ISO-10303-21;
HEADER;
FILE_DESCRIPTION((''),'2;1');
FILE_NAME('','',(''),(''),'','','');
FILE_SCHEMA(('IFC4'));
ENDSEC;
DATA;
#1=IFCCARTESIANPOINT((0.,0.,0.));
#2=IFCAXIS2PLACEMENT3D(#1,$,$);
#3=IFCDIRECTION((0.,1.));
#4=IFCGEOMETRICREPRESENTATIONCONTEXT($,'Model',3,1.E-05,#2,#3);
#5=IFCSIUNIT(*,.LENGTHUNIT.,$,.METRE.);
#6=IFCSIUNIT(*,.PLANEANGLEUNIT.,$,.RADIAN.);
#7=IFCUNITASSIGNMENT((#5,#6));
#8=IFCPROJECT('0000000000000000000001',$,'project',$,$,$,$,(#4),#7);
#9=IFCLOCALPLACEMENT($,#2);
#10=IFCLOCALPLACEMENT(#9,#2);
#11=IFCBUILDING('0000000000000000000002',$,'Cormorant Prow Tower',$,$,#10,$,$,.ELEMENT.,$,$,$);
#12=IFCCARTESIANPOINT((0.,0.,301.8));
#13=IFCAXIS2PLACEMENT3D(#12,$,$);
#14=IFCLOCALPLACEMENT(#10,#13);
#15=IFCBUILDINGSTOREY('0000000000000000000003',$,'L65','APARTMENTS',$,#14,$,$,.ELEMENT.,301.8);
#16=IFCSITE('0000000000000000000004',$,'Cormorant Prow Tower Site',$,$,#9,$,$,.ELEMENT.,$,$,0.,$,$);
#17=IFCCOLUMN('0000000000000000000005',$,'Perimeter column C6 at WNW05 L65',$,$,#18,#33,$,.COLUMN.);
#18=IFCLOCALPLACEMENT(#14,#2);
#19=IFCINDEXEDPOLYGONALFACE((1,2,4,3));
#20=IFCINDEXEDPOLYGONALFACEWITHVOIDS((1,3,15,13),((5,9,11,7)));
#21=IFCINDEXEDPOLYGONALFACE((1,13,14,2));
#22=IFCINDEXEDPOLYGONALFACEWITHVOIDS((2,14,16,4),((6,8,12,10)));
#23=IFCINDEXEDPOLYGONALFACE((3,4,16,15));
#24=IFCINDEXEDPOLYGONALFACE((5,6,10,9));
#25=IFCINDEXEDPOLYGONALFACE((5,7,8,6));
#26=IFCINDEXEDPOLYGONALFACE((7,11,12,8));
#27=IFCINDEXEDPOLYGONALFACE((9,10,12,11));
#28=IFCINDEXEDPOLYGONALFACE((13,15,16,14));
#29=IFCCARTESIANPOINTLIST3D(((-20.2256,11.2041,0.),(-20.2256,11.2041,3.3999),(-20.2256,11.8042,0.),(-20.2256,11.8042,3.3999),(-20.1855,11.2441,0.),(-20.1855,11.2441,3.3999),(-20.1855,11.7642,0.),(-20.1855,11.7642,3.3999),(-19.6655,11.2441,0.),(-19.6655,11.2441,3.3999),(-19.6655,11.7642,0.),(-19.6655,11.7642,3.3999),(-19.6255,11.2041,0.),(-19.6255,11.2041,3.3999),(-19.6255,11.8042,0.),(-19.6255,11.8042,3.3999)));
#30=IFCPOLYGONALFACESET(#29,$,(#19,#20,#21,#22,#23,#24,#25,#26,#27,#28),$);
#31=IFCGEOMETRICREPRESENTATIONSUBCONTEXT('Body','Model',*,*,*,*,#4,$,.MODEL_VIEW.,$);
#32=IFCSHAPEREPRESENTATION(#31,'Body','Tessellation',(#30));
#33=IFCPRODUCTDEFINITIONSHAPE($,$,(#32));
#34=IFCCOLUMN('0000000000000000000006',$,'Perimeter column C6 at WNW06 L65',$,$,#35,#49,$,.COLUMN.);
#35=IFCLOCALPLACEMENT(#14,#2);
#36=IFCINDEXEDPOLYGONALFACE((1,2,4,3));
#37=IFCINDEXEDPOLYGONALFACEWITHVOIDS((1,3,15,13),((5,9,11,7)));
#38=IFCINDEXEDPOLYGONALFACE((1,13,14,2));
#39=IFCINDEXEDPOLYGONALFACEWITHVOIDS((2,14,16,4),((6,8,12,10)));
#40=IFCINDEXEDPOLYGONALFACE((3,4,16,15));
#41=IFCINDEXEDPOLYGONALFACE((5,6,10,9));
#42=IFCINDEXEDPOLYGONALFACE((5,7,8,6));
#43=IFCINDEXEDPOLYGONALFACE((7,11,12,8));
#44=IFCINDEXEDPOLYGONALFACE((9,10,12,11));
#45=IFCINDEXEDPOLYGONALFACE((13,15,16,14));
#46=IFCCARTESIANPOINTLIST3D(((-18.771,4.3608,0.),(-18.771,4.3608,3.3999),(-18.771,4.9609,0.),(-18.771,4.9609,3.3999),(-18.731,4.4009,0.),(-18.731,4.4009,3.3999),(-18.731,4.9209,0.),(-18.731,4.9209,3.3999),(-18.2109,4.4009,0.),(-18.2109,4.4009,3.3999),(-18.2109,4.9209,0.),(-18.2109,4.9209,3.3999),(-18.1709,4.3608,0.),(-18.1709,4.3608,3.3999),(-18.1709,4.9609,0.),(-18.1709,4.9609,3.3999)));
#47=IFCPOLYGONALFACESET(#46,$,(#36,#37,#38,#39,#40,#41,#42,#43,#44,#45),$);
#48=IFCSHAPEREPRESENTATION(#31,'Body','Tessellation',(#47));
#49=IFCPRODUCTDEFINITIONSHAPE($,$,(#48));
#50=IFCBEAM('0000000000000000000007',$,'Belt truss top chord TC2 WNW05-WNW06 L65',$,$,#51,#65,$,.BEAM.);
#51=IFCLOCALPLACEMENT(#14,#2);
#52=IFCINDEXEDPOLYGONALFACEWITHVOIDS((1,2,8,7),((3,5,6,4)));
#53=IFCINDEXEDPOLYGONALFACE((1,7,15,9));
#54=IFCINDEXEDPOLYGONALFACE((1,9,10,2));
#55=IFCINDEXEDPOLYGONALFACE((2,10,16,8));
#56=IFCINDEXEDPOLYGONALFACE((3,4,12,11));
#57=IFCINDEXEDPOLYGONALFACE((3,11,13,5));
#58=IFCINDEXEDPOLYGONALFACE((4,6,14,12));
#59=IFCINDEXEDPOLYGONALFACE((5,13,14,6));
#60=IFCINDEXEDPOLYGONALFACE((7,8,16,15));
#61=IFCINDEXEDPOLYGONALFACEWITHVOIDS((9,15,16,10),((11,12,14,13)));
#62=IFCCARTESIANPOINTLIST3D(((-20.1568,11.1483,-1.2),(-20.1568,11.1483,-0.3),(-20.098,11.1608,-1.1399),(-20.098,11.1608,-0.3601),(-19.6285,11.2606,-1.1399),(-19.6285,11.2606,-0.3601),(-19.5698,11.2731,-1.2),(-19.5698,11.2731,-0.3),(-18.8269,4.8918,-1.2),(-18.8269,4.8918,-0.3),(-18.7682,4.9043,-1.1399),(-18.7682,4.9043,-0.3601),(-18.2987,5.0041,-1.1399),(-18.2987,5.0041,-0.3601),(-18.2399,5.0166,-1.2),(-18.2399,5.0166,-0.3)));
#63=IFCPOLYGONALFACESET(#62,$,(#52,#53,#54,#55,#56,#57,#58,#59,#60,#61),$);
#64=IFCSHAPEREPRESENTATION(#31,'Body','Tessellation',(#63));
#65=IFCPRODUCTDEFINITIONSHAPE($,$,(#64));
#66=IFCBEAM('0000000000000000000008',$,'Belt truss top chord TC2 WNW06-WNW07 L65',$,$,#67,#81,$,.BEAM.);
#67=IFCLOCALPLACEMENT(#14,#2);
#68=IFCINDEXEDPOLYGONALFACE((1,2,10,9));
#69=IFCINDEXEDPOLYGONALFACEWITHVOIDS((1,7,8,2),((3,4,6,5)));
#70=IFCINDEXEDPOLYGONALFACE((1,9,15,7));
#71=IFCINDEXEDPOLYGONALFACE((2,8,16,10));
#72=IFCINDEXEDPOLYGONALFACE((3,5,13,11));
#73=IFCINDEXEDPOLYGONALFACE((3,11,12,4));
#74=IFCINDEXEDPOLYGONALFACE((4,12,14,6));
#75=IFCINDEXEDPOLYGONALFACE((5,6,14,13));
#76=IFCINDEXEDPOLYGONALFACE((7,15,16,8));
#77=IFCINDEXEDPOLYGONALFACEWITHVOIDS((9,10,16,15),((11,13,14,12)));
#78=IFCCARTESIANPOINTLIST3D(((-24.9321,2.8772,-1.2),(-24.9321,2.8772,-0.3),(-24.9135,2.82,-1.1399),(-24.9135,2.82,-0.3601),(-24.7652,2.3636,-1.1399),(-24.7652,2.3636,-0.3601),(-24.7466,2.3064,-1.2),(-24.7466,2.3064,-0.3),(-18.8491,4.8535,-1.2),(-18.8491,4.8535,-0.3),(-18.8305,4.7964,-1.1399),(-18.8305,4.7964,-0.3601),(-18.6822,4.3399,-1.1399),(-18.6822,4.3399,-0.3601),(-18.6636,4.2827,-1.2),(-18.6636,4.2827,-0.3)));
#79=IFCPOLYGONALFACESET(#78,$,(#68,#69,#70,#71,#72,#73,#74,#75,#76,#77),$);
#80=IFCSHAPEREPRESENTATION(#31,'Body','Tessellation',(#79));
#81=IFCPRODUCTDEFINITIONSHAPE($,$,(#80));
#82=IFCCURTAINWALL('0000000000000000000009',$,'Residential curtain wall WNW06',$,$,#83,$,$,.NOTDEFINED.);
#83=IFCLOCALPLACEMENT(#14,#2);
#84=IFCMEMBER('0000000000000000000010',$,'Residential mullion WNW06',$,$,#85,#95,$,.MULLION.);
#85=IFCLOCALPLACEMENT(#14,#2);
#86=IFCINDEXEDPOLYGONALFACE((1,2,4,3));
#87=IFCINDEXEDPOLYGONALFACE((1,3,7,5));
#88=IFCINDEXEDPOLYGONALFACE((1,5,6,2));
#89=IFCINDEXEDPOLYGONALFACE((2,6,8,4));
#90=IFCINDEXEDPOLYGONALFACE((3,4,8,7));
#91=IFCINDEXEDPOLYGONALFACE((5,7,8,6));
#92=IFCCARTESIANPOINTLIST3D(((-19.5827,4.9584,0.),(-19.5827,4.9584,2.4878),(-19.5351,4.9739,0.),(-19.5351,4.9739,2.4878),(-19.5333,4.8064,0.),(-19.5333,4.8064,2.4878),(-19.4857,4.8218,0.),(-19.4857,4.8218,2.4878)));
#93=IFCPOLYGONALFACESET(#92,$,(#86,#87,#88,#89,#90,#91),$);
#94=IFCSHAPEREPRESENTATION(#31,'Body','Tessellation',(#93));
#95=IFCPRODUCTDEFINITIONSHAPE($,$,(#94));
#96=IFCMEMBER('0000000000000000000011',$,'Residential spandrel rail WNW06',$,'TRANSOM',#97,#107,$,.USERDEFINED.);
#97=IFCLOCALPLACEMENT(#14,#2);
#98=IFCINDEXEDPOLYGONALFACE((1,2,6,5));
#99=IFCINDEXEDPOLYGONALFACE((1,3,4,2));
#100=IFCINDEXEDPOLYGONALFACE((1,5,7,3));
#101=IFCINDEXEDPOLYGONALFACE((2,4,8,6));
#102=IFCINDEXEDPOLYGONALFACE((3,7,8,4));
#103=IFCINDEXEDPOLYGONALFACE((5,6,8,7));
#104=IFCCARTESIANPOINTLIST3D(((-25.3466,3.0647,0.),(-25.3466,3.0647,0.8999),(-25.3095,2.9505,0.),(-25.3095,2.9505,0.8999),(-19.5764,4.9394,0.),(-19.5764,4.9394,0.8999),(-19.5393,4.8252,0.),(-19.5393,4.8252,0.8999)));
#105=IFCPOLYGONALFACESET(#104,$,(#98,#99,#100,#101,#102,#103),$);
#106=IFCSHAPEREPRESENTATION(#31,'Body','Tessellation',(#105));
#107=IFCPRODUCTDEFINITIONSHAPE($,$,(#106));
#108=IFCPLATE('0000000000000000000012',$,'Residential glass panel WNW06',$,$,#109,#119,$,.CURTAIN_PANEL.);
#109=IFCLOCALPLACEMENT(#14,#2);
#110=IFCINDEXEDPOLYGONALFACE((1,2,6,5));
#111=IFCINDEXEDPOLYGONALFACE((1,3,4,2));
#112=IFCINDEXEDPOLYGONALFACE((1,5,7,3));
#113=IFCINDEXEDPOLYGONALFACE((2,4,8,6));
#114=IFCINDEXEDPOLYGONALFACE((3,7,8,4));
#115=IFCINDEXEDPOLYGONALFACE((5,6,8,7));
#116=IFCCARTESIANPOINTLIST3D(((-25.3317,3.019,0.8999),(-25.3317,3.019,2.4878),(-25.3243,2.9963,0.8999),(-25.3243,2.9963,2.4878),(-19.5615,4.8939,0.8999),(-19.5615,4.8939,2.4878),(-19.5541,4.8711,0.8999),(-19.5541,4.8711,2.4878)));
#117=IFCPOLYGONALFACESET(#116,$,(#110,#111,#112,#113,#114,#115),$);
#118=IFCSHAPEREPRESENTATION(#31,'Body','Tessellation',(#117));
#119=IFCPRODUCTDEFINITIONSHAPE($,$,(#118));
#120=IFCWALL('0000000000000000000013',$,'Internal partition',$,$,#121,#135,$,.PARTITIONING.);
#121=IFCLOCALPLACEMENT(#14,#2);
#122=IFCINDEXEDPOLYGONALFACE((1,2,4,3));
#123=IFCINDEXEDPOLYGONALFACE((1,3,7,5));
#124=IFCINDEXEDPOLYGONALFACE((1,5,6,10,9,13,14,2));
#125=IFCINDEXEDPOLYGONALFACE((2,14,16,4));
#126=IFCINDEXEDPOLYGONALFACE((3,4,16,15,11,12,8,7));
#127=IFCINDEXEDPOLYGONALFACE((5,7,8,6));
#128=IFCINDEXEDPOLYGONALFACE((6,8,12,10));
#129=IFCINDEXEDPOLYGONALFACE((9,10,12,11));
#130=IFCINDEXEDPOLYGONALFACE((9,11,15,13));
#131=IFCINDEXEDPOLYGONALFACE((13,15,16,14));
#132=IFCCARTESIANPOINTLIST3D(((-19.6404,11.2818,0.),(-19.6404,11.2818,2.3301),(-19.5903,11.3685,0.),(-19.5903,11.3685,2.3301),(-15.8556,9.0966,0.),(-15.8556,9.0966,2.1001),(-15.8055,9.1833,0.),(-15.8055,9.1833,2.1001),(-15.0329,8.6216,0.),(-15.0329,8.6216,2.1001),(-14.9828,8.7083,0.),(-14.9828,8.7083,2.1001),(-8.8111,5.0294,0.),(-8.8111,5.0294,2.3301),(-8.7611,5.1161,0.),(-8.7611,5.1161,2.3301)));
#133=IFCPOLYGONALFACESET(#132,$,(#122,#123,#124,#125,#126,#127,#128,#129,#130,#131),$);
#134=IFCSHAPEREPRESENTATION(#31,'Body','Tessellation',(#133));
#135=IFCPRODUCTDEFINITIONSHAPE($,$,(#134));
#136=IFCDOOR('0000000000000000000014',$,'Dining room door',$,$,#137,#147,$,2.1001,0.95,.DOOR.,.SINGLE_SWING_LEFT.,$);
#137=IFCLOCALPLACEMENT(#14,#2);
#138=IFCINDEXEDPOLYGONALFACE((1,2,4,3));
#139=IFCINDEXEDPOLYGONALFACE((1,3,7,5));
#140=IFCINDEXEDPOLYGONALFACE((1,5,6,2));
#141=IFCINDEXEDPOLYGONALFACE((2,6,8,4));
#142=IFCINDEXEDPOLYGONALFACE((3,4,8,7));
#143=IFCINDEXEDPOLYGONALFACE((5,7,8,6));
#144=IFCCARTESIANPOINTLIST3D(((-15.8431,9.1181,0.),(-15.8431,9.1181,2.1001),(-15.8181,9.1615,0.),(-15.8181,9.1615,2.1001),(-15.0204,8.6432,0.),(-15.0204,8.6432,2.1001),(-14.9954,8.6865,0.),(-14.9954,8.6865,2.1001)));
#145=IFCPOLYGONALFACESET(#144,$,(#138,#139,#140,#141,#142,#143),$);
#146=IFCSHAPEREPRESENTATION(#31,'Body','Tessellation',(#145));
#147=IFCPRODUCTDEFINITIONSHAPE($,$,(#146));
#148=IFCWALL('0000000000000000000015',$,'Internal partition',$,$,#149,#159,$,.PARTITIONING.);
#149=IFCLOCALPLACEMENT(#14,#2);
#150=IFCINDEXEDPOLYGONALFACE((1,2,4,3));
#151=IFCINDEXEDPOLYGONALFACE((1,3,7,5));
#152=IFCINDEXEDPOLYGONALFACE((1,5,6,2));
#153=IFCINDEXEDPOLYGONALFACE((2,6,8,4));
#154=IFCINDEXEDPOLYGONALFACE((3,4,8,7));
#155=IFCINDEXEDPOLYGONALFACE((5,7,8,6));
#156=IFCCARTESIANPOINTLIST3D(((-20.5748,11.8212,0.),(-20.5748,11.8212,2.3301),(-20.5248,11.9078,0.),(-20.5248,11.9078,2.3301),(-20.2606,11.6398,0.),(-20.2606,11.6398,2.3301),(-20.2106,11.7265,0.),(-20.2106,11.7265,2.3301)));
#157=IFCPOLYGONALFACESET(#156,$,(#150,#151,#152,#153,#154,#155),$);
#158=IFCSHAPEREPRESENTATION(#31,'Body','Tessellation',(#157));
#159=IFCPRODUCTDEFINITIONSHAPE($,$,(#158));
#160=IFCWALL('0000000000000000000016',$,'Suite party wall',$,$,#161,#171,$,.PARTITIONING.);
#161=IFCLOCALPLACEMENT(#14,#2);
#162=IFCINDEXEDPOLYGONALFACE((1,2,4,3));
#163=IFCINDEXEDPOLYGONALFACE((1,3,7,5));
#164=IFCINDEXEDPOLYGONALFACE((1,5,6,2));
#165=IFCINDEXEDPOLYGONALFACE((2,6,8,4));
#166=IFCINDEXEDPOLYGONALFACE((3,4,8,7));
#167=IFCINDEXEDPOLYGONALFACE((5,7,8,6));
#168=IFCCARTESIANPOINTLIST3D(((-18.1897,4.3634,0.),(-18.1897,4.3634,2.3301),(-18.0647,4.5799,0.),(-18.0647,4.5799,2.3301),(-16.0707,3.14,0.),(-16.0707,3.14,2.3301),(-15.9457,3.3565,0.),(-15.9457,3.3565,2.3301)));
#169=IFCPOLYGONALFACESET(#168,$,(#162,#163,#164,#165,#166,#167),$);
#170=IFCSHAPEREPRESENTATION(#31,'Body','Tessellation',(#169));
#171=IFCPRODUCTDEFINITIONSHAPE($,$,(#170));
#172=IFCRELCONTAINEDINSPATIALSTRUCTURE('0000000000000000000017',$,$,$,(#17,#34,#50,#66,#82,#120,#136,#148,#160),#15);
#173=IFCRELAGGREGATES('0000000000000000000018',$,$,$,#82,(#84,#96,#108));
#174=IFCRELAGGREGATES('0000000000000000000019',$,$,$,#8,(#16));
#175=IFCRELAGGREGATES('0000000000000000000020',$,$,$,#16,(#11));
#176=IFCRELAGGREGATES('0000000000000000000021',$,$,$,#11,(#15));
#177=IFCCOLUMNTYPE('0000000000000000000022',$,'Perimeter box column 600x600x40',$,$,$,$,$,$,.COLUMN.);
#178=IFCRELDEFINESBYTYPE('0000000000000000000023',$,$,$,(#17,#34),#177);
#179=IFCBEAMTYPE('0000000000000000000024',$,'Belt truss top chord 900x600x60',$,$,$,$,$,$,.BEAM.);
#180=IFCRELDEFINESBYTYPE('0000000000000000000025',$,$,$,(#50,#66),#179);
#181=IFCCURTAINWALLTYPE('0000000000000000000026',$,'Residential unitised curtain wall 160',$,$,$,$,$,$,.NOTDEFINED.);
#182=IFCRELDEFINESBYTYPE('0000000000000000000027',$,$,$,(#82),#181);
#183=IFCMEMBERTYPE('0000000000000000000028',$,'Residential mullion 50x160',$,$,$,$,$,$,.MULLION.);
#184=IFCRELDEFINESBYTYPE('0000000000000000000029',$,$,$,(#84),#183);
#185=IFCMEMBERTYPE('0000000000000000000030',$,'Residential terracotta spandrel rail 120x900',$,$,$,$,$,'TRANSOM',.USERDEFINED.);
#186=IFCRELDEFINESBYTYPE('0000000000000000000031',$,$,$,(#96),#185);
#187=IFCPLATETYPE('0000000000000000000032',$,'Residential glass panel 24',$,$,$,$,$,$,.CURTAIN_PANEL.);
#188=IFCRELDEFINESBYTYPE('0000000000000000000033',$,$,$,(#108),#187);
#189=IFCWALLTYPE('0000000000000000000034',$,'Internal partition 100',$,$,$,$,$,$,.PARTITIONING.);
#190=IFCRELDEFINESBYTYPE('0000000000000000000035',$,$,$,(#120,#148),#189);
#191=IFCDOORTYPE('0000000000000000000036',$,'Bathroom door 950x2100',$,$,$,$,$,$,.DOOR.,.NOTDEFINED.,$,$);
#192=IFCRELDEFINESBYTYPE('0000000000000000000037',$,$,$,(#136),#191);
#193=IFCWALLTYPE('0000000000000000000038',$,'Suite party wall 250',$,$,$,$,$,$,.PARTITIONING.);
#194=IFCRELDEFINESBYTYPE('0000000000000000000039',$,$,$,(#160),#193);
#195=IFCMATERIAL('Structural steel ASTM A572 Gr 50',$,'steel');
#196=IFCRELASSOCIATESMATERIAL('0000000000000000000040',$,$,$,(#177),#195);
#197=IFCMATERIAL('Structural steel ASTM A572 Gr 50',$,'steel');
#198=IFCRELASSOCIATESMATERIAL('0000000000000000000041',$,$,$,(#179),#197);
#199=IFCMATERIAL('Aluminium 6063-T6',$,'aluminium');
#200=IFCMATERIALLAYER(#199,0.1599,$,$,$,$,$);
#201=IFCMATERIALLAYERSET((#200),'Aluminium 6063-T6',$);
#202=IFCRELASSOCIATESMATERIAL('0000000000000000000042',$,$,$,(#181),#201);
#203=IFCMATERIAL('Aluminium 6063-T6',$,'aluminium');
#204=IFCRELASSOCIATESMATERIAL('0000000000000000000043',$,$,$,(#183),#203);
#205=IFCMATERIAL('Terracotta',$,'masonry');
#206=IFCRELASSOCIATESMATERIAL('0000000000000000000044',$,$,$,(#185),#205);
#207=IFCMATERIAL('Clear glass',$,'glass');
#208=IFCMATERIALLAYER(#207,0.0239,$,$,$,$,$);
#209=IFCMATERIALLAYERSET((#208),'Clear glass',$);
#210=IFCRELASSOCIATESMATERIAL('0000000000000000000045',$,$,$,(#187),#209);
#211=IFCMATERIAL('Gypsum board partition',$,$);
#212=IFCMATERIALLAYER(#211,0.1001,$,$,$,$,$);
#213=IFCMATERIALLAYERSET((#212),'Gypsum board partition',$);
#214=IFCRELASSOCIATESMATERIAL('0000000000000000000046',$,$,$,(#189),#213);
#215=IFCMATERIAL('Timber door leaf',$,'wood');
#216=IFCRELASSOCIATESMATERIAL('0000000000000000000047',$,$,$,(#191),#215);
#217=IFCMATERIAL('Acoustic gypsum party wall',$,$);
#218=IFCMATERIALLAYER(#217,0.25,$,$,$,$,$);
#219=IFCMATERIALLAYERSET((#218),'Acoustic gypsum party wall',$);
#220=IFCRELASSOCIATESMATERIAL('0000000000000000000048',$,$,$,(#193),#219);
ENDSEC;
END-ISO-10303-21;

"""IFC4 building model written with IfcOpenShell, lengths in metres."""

from ifc_helpers import new_model, si_unit, direction, frame, frame_2d, origin, origin_2d, place, context, subcontext, project, spatial, rectangle, hollow_rectangle, extrude, material, layer, layer_set, material_profile, profile_set, type_object, element, fill, aggregate, save


model = new_model("IFC4")

# Units and contexts
model_context = context("Model", 3, precision=1e-05, world=origin(), true_north=direction((0.0, 1.0)))
body_context = subcontext(model_context, "Body", "Model", "MODEL_VIEW")
ifc_project = project(units=[si_unit("LENGTHUNIT", "METRE"), si_unit("PLANEANGLEUNIT", "RADIAN")], contexts=[model_context])

# Site, building, storey
site_placement = place(None, origin())
site = spatial("IfcSite", under=ifc_project, at=site_placement, Name="Cormorant Prow Tower Site", CompositionType="ELEMENT", RefElevation=0.0)
building_placement = place(site_placement, origin())
building = spatial("IfcBuilding", under=site, at=building_placement, Name="Cormorant Prow Tower", CompositionType="ELEMENT")
storey_placement = place(building_placement, frame((0.0, 0.0, 301.8)))
storey = spatial("IfcBuildingStorey", under=building, at=storey_placement, Name="L65", Description="APARTMENTS", CompositionType="ELEMENT", Elevation=301.8)

# Columns
ifc_material_1 = material(Name="Structural steel ASTM A572 Gr 50", Category="steel")
ifc_material_profile_1 = material_profile(ifc_material_1, hollow_rectangle(XDim=0.6001, YDim=0.6001, WallThickness=0.04, at=origin_2d()), Name="Box 600x600x40")
ifc_profile_set_1 = profile_set([ifc_material_profile_1], Name="Structural steel ASTM A572 Gr 50")
column_type = type_object("IfcColumnType", Name="Perimeter box column 600x600x40", PredefinedType="COLUMN", material=ifc_profile_set_1)
for number, where, z_axis, x_axis, name in (
    (1, (-19.9255, 11.5042, 0.0), (0.0, 0.0, 1.0), (1.0, 0.0, 0.0), "Perimeter column C6 at WNW05 L65"),
    (2, (-18.4709, 4.6609, 0.0), (0.0, 0.0, 1.0), (1.0, 0.0, 0.0), "Perimeter column C6 at WNW06 L65"),
):
    element("IfcColumn", number, at=place(storey_placement, frame(where, z_axis=z_axis, x_axis=x_axis)), inside=storey, type_object=column_type, Name=name, PredefinedType="COLUMN", context=body_context, shape_type="SweptSolid", body=[
        extrude(hollow_rectangle(XDim=0.6001, YDim=0.6001, WallThickness=0.04, at=origin_2d()), origin(), (0.0, 0.0, 1.0), 3.3999),
    ])

# Beams
ifc_material_2 = material(Name="Structural steel ASTM A572 Gr 50", Category="steel")
ifc_material_profile_2 = material_profile(ifc_material_2, hollow_rectangle(XDim=0.6001, YDim=0.8999, WallThickness=0.0601, at=origin_2d()), Name="Box 900x600x60")
ifc_profile_set_2 = profile_set([ifc_material_profile_2], Name="Structural steel ASTM A572 Gr 50")
beam_type = type_object("IfcBeamType", Name="Belt truss top chord 900x600x60", PredefinedType="BEAM", material=ifc_profile_set_2)
beam_1_placement = place(storey_placement, frame((-19.8633, 11.2107, -0.75), z_axis=(0.207913, -0.978147, 0.0), x_axis=(0.978147, 0.207913, 0.0)))
element("IfcBeam", 3, at=beam_1_placement, inside=storey, type_object=beam_type, Name="Belt truss top chord TC2 WNW05-WNW06 L65", PredefinedType="BEAM", context=body_context, shape_type="SweptSolid", body=[
    extrude(hollow_rectangle(XDim=0.6001, YDim=0.8999, WallThickness=0.0601, at=origin_2d()), origin(), (0.0, 0.0, 1.0), 6.3962),
])
beam_2_placement = place(storey_placement, frame((-18.7563, 4.5681, -0.75), z_axis=(-0.951064, -0.308993, 0.0), x_axis=(0.308993, -0.951064, 0.0)))
element("IfcBeam", 4, at=beam_2_placement, inside=storey, type_object=beam_type, Name="Belt truss top chord TC2 WNW06-WNW07 L65", PredefinedType="BEAM", context=body_context, shape_type="SweptSolid", body=[
    extrude(hollow_rectangle(XDim=0.6001, YDim=0.8999, WallThickness=0.0601, at=origin_2d()), origin(), (0.0, 0.0, 1.0), 6.396),
])

# Curtain wall, members, plate
ifc_material_3 = material(Name="Aluminium 6063-T6", Category="aluminium")
ifc_layer_1 = layer(ifc_material_3, 0.1599)
ifc_layer_set_1 = layer_set([ifc_layer_1], Name="Aluminium 6063-T6")
curtain_wall_type = type_object("IfcCurtainWallType", Name="Residential unitised curtain wall 160", PredefinedType="NOTDEFINED", material=ifc_layer_set_1)
curtain_wall_placement = place(storey_placement, origin())
curtain_wall = element("IfcCurtainWall", 5, at=curtain_wall_placement, inside=storey, type_object=curtain_wall_type, Name="Residential curtain wall WNW06", PredefinedType="NOTDEFINED")
ifc_material_4 = material(Name="Aluminium 6063-T6", Category="aluminium")
ifc_material_profile_3 = material_profile(ifc_material_4, rectangle(XDim=0.1599, YDim=0.05, at=origin_2d()), Name="Residential mullion 50x160")
ifc_profile_set_3 = profile_set([ifc_material_profile_3], Name="Aluminium 6063-T6")
member_type_1 = type_object("IfcMemberType", Name="Residential mullion 50x160", PredefinedType="MULLION", material=ifc_profile_set_3)
member_1_placement = place(storey_placement, frame((-19.5342, 4.8901, 0.0), z_axis=(0.0, 0.0, 1.0), x_axis=(0.309017, -0.951057, 0.0)))
member_1 = element("IfcMember", 6, at=member_1_placement, type_object=member_type_1, Name="Residential mullion WNW06", PredefinedType="MULLION", context=body_context, shape_type="SweptSolid", body=[
    extrude(rectangle(XDim=0.1599, YDim=0.05, at=origin_2d()), origin(), (0.0, 0.0, 1.0), 2.4878),
])
ifc_material_5 = material(Name="Terracotta", Category="masonry")
ifc_material_profile_4 = material_profile(ifc_material_5, rectangle(XDim=0.1201, YDim=0.8999, at=origin_2d()), Name="Residential terracotta spandrel rail 120x900")
ifc_profile_set_4 = profile_set([ifc_material_profile_4], Name="Terracotta")
member_type_2 = type_object("IfcMemberType", Name="Residential terracotta spandrel rail 120x900", ElementType="TRANSOM", PredefinedType="USERDEFINED", material=ifc_profile_set_4)
member_2_placement = place(storey_placement, frame((-19.5579, 4.8823, 0.45), z_axis=(-0.951062, -0.309, 0.0), x_axis=(0.309, -0.951062, 0.0)))
member_2 = element("IfcMember", 7, at=member_2_placement, type_object=member_type_2, Name="Residential spandrel rail WNW06", ObjectType="TRANSOM", PredefinedType="USERDEFINED", context=body_context, shape_type="SweptSolid", body=[
    extrude(rectangle(XDim=0.1201, YDim=0.8999, at=origin_2d()), origin(), (0.0, 0.0, 1.0), 6.0671),
])
ifc_material_6 = material(Name="Clear glass", Category="glass")
ifc_layer_2 = layer(ifc_material_6, 0.0239)
ifc_layer_set_2 = layer_set([ifc_layer_2], Name="Clear glass")
plate_type = type_object("IfcPlateType", Name="Residential glass panel 24", PredefinedType="CURTAIN_PANEL", material=ifc_layer_set_2)
plate_placement = place(storey_placement, frame((-22.4429, 3.9451, 0.8999), z_axis=(0.0, 0.0, 1.0), x_axis=(-0.951057, -0.309017, 0.0)))
plate = element("IfcPlate", 8, at=plate_placement, type_object=plate_type, Name="Residential glass panel WNW06", PredefinedType="CURTAIN_PANEL", context=body_context, shape_type="SweptSolid", body=[
    extrude(rectangle(XDim=6.0671, YDim=0.0239, at=origin_2d()), origin(), (0.0, 0.0, 1.0), 1.5879),
])
aggregate(curtain_wall, [member_1, member_2, plate])

# Wall, opening, door
ifc_material_7 = material(Name="Gypsum board partition")
ifc_layer_3 = layer(ifc_material_7, 0.1001)
ifc_layer_set_3 = layer_set([ifc_layer_3], Name="Gypsum board partition")
wall_type_1 = type_object("IfcWallType", Name="Internal partition 100", PredefinedType="PARTITIONING", material=ifc_layer_set_3)
wall_1_placement = place(storey_placement, frame((-19.6155, 11.3252, 0.0), z_axis=(0.0, 0.0, 1.0), x_axis=(0.866021, -0.500007, 0.0)))
wall_1 = element("IfcWall", 9, at=wall_1_placement, inside=storey, type_object=wall_type_1, Name="Internal partition", PredefinedType="PARTITIONING", context=body_context, shape_type="SweptSolid", body=[
    extrude(rectangle(XDim=12.5046, YDim=0.1001, at=frame_2d((6.2524, 0.0))), origin(), (0.0, 0.0, 1.0), 2.3301),
])
opening_1_placement = place(wall_1_placement, frame((4.3704, 0.0, 0.0)))
opening_1 = element("IfcOpeningElement", 10, at=opening_1_placement, cuts=wall_1, PredefinedType="OPENING", context=body_context, shape_type="SweptSolid", body=[
    extrude(rectangle(XDim=0.95, YDim=2.1001, at=frame_2d((0.4751, 1.05))), frame((0.0, 0.0601, 0.0), z_axis=(0.0, -1.0, 0.0), x_axis=(1.0, 0.0, 0.0)), (0.0, 0.0, 1.0), 0.1201),
])
ifc_material_8 = material(Name="Timber door leaf", Category="wood")
door_type_1 = type_object("IfcDoorType", Name="Bathroom door 950x2100", OperationType="NOTDEFINED", PredefinedType="DOOR", material=ifc_material_8)
door_1_placement = place(opening_1_placement, origin())
door_1 = element("IfcDoor", 11, at=door_1_placement, inside=storey, type_object=door_type_1, Name="Dining room door", OperationType="SINGLE_SWING_LEFT", OverallHeight=2.1001, OverallWidth=0.95, PredefinedType="DOOR", context=body_context, shape_type="SweptSolid", body=[
    extrude(rectangle(XDim=0.95, YDim=2.1001, at=frame_2d((0.4751, 1.05))), frame((0.0, 0.0249, 0.0), z_axis=(0.0, -1.0, 0.0), x_axis=(1.0, 0.0, 0.0)), (0.0, 0.0, 1.0), 0.05),
])
fill(opening_1, door_1)

# Walls
wall_2_placement = place(storey_placement, frame((-20.5498, 11.8645, 0.0), z_axis=(0.0, 0.0, 1.0), x_axis=(0.86604, -0.499975, 0.0)))
element("IfcWall", 12, at=wall_2_placement, inside=storey, type_object=wall_type_1, Name="Internal partition", PredefinedType="PARTITIONING", context=body_context, shape_type="SweptSolid", body=[
    extrude(rectangle(XDim=0.3628, YDim=0.1001, at=frame_2d((0.1814, 0.0))), origin(), (0.0, 0.0, 1.0), 2.3301),
])
ifc_material_9 = material(Name="Acoustic gypsum party wall")
ifc_layer_4 = layer(ifc_material_9, 0.25)
ifc_layer_set_4 = layer_set([ifc_layer_4], Name="Acoustic gypsum party wall")
wall_type_2 = type_object("IfcWallType", Name="Suite party wall 250", PredefinedType="PARTITIONING", material=ifc_layer_set_4)
wall_3_placement = place(storey_placement, frame((-18.1272, 4.4717, 0.0), z_axis=(0.0, 0.0, 1.0), x_axis=(0.866018, -0.500013, 0.0)))
element("IfcWall", 13, at=wall_3_placement, inside=storey, type_object=wall_type_2, Name="Suite party wall", PredefinedType="PARTITIONING", context=body_context, shape_type="SweptSolid", body=[
    extrude(rectangle(XDim=2.4468, YDim=0.25, at=frame_2d((1.2234, 0.0))), origin(), (0.0, 0.0, 1.0), 2.3301),
])

save(model, "model.ifc")
